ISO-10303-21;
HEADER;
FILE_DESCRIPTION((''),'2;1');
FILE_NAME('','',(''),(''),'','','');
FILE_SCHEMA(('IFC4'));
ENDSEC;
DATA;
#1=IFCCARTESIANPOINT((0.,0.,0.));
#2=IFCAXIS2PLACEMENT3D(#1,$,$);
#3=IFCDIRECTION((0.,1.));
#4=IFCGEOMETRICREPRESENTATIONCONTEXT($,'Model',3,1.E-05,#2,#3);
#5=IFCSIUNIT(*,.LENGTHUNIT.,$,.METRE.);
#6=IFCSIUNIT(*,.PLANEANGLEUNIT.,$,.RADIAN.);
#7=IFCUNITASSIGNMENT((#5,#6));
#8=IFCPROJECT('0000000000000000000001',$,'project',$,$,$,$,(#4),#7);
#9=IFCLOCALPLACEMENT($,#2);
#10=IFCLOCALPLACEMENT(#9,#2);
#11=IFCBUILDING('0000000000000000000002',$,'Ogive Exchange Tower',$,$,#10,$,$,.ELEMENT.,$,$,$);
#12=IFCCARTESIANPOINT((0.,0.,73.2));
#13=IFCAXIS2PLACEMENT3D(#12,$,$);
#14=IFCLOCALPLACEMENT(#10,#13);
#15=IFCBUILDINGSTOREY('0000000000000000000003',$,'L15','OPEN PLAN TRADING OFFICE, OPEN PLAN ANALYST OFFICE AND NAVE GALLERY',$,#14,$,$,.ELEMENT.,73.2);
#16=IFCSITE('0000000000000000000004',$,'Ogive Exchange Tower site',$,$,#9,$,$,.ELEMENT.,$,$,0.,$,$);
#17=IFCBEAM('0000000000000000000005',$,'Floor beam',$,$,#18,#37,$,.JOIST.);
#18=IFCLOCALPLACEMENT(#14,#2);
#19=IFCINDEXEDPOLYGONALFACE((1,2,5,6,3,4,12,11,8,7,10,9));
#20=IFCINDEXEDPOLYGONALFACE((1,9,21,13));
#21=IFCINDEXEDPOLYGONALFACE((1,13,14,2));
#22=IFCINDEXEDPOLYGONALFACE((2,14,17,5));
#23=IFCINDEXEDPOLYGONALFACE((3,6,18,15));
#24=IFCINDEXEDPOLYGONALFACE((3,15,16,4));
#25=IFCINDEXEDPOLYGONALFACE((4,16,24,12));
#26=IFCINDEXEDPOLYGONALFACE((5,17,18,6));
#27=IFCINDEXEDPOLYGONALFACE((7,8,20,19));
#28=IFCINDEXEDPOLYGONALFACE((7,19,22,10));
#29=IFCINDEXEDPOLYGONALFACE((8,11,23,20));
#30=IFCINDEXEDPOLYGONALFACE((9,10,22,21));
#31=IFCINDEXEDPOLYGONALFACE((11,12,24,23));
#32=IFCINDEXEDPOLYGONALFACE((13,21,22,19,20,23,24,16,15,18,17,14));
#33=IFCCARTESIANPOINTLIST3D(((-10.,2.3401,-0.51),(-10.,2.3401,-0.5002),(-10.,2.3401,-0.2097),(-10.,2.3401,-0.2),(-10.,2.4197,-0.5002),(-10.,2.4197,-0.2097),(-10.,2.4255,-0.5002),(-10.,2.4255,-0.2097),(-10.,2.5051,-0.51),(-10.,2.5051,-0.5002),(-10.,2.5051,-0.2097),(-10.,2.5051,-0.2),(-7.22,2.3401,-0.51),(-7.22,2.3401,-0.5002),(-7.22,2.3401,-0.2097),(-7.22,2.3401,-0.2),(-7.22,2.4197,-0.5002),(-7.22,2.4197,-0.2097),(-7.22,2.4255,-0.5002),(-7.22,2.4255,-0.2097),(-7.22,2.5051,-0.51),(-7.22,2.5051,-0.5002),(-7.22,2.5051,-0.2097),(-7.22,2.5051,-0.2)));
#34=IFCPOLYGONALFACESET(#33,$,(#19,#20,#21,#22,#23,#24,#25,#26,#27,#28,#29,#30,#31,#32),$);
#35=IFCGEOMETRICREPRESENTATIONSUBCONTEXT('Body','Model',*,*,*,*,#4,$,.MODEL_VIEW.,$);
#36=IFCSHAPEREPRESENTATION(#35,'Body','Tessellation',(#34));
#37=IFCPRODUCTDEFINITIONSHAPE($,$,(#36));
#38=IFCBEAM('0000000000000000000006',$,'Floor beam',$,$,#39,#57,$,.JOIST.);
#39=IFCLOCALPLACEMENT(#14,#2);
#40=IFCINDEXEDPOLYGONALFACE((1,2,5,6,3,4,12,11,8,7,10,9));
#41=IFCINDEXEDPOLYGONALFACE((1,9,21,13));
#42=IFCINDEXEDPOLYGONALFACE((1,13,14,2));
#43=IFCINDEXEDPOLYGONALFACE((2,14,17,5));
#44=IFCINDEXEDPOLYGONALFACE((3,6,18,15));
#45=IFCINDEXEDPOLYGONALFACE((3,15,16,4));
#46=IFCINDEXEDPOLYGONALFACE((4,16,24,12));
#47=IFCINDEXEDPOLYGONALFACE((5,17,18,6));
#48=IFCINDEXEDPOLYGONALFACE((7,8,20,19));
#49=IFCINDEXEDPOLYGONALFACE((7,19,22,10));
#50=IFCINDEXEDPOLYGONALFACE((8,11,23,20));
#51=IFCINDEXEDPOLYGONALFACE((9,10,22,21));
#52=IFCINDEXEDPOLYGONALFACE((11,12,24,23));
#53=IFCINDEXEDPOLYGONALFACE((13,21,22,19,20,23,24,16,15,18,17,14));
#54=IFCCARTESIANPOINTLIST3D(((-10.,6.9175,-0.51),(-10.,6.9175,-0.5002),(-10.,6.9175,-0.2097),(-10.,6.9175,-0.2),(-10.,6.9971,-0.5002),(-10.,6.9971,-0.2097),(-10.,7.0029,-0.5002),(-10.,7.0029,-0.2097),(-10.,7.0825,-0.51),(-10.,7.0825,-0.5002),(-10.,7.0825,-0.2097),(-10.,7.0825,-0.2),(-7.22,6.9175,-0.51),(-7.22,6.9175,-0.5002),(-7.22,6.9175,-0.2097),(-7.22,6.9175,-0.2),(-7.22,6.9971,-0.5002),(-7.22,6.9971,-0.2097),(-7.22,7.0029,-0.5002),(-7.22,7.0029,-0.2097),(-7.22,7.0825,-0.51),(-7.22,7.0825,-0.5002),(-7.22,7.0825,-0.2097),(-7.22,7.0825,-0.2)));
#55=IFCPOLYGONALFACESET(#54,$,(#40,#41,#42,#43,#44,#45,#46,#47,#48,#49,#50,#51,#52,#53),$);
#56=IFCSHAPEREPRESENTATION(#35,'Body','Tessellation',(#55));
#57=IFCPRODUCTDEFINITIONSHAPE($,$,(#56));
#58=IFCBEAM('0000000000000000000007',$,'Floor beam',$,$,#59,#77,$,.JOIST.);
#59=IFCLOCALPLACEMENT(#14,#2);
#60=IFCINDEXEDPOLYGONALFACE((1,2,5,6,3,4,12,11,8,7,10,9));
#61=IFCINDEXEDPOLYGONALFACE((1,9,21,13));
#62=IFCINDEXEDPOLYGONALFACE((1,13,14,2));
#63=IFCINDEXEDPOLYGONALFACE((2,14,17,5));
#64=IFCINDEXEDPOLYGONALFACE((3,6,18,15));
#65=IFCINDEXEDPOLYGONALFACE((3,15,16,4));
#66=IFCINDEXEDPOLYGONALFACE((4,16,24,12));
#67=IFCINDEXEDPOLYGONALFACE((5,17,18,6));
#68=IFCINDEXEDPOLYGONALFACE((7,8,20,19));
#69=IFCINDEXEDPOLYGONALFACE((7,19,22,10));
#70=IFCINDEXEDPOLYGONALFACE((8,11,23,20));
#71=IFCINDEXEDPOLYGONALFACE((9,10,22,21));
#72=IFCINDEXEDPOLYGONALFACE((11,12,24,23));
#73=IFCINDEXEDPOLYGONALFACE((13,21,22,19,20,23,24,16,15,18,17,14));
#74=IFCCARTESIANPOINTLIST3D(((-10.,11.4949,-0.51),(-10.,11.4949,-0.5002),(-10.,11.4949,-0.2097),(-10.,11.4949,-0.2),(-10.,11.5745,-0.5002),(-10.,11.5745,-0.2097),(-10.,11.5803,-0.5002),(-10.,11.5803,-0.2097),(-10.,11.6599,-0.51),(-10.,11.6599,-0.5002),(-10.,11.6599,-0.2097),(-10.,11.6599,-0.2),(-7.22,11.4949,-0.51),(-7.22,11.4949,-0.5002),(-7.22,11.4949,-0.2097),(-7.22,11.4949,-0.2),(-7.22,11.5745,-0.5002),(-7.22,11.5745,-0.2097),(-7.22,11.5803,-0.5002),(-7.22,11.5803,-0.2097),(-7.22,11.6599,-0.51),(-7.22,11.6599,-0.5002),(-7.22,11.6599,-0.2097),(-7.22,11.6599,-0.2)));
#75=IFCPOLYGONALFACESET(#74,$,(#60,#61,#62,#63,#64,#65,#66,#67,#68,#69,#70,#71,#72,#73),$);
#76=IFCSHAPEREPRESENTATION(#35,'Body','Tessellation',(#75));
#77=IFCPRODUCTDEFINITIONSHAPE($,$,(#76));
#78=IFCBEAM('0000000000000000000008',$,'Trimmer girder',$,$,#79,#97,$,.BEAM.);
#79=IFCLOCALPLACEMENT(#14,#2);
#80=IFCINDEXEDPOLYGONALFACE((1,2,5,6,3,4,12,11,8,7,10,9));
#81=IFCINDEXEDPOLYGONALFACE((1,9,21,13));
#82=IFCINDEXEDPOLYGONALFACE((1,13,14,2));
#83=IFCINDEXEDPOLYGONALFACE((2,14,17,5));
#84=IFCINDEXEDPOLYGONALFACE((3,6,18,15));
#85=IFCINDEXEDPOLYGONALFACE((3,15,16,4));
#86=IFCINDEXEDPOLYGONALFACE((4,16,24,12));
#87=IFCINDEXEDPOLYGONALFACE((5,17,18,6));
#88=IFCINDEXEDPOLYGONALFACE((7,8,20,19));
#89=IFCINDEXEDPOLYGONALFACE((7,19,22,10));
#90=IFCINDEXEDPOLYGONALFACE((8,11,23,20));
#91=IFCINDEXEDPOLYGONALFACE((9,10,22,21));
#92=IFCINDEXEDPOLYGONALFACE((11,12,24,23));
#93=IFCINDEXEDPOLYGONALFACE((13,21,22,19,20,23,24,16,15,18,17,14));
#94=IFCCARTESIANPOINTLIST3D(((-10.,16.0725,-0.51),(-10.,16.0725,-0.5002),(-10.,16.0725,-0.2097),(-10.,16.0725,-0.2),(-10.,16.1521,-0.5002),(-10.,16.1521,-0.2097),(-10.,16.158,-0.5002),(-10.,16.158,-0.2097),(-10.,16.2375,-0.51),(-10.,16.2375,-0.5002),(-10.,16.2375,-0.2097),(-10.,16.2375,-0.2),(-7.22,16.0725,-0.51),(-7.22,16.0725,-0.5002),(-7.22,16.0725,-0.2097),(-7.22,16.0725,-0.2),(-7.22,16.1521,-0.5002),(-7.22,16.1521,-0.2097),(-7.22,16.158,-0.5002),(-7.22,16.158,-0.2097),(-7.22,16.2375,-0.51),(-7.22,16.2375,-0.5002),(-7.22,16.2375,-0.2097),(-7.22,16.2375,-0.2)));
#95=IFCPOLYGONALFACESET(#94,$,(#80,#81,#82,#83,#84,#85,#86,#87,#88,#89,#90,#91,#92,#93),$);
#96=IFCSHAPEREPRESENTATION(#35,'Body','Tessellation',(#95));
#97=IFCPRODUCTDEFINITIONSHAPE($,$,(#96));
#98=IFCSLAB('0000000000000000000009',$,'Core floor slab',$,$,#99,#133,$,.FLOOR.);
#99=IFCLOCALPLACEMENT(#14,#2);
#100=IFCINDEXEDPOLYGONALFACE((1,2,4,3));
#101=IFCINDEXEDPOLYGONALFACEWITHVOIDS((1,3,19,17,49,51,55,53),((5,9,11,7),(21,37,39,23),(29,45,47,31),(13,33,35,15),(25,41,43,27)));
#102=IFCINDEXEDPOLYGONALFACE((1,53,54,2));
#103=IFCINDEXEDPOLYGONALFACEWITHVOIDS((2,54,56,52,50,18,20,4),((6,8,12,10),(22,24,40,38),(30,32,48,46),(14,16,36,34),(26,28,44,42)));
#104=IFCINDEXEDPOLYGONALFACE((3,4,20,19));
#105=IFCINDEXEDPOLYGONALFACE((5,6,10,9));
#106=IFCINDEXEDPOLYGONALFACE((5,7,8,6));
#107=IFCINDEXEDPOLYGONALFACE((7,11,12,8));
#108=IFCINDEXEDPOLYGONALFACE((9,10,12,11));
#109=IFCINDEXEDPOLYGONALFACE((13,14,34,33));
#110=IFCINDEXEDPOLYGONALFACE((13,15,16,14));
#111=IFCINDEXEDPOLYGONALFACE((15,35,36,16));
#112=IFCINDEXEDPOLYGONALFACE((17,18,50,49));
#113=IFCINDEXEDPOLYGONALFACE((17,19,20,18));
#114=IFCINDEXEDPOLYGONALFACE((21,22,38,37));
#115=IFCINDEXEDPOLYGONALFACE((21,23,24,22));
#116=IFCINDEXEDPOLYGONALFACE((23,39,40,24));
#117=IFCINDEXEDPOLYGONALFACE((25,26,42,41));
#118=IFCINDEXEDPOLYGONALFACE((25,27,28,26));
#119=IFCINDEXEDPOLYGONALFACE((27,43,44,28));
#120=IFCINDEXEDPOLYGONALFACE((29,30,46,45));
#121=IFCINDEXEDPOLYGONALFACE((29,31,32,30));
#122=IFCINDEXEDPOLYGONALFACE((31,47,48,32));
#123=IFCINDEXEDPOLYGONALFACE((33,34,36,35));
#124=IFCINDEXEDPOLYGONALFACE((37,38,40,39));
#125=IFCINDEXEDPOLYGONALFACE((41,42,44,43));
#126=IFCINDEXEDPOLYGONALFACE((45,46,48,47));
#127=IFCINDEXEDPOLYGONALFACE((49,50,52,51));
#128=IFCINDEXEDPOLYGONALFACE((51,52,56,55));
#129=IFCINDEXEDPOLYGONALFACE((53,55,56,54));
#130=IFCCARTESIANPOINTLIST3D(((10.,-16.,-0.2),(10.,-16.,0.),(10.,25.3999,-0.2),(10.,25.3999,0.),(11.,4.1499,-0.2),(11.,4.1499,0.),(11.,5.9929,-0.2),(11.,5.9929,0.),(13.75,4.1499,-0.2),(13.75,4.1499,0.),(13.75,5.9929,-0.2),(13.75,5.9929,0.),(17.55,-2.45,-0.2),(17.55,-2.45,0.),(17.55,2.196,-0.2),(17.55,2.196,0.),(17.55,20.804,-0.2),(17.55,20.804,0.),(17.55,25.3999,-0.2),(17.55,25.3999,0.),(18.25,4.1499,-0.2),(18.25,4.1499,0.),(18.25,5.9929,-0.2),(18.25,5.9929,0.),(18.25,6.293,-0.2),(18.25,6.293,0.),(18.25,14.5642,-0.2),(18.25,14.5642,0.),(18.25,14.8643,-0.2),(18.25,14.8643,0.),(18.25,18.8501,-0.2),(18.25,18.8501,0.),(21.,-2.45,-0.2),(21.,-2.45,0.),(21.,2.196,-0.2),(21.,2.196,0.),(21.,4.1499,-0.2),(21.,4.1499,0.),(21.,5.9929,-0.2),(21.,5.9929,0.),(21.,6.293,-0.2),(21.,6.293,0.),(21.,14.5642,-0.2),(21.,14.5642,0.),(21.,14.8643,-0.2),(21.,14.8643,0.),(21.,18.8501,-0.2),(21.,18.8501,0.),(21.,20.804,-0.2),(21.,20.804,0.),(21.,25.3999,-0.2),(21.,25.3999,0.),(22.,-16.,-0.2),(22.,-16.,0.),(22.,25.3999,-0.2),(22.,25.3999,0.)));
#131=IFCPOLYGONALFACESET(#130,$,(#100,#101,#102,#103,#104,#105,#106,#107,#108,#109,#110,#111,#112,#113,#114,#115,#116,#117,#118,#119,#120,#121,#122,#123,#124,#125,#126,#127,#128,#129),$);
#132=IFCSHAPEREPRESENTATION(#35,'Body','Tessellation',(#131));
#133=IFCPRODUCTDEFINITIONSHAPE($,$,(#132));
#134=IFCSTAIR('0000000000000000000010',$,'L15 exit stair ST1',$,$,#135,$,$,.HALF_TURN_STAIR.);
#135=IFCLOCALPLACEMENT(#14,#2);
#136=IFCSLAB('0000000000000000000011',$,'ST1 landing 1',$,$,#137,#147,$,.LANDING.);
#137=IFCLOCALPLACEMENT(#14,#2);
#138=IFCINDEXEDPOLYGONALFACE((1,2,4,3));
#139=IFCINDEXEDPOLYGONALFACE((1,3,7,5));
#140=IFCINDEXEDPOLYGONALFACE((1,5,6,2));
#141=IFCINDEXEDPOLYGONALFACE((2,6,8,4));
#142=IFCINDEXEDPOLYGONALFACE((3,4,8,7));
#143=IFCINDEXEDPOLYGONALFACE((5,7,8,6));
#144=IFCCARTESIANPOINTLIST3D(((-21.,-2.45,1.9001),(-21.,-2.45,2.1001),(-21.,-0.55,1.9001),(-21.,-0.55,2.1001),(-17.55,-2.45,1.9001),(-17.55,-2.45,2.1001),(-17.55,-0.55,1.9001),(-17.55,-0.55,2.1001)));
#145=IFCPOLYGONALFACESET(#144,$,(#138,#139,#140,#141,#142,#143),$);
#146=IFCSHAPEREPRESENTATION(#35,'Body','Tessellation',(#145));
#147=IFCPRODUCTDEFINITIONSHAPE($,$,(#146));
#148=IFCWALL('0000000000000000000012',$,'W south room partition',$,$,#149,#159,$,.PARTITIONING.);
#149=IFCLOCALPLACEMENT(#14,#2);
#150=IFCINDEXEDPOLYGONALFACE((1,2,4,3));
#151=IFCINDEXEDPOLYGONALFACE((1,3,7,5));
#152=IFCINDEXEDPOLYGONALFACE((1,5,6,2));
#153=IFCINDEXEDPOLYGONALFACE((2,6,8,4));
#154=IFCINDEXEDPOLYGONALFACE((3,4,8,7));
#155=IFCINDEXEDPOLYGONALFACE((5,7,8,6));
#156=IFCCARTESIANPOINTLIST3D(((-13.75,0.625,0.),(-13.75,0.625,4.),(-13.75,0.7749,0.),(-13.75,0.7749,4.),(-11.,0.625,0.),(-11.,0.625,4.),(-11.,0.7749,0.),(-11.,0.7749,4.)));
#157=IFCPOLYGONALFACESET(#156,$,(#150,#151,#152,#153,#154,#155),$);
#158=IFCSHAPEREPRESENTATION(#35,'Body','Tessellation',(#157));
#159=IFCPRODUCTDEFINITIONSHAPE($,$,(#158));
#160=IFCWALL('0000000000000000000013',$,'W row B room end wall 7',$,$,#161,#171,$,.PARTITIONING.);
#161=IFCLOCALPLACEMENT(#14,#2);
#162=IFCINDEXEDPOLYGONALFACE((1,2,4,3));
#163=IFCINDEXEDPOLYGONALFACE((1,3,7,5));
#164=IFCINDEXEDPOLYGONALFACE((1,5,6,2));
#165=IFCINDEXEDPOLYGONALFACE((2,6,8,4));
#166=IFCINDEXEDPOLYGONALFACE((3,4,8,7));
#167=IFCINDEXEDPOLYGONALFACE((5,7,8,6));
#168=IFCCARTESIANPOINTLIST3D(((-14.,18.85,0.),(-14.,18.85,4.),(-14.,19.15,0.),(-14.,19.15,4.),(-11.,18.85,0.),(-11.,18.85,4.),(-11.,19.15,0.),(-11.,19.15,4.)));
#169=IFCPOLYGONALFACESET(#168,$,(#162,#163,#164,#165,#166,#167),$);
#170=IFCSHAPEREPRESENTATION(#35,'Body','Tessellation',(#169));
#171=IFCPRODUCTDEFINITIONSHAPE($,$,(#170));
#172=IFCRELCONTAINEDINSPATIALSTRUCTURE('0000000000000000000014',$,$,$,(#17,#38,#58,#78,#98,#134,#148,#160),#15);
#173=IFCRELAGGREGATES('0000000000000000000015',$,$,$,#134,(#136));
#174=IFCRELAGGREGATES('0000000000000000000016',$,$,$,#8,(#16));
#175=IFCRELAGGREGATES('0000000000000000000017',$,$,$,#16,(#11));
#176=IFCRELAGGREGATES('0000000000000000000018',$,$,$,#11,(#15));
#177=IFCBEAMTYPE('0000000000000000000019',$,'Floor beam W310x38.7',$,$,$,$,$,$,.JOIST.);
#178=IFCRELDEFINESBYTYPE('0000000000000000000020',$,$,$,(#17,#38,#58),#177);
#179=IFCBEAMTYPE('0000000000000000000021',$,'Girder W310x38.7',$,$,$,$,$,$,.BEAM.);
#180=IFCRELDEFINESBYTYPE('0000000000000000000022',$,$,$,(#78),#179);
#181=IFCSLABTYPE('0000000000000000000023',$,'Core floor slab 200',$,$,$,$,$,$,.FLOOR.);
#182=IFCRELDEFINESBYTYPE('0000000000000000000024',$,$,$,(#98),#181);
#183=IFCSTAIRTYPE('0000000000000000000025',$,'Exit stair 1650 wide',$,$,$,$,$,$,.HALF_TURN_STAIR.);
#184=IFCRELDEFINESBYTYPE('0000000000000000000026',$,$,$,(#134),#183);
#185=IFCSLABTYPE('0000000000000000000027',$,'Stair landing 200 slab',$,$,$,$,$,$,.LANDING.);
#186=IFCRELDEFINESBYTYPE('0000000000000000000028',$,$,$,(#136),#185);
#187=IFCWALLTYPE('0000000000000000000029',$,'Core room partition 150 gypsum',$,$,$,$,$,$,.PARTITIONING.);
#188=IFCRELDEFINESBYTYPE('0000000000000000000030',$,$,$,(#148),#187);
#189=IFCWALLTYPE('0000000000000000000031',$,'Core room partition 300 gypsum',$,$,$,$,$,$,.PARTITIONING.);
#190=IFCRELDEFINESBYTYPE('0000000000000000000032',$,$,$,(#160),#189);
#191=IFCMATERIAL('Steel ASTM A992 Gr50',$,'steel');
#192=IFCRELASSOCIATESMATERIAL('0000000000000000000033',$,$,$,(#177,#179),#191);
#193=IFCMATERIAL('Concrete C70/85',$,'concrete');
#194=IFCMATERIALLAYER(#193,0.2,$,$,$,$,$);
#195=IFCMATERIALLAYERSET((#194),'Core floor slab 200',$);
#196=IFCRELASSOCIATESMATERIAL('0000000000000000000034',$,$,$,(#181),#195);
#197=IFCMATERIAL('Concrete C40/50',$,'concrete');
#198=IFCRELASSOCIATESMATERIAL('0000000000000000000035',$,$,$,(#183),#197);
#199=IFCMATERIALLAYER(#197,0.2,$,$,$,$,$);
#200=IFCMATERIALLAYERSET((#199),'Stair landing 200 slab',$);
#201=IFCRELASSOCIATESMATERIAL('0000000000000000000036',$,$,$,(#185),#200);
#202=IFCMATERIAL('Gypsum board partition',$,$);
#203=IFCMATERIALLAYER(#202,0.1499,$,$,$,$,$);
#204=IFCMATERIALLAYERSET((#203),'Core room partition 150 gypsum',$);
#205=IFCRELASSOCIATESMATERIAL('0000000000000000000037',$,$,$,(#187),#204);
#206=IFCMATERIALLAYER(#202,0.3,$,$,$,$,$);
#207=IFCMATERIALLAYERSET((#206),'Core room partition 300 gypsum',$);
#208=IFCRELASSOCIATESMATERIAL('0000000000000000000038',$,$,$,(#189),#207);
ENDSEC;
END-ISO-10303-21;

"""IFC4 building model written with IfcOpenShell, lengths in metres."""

from ifc_helpers import new_model, si_unit, direction, frame, frame_2d, origin, origin_2d, place, context, subcontext, project, spatial, polyline, rectangle, i_section, outline, extrude, material, layer, layer_set, material_profile, profile_set, type_object, element, aggregate, save


model = new_model("IFC4")

# Units and contexts
model_context = context("Model", 3, precision=1e-05, world=origin(), true_north=direction((0.0, 1.0)))
body_context = subcontext(model_context, "Body", "Model", "MODEL_VIEW")
ifc_project = project(units=[si_unit("LENGTHUNIT", "METRE"), si_unit("PLANEANGLEUNIT", "RADIAN")], contexts=[model_context])

# Site, building, storey
site_placement = place(None, origin())
site = spatial("IfcSite", under=ifc_project, at=site_placement, Name="Ogive Exchange Tower site", CompositionType="ELEMENT", RefElevation=0.0)
building_placement = place(site_placement, origin())
building = spatial("IfcBuilding", under=site, at=building_placement, Name="Ogive Exchange Tower", CompositionType="ELEMENT")
storey_placement = place(building_placement, frame((0.0, 0.0, 73.2)))
storey = spatial("IfcBuildingStorey", under=building, at=storey_placement, Name="L15", Description="OPEN PLAN TRADING OFFICE, OPEN PLAN ANALYST OFFICE AND NAVE GALLERY", CompositionType="ELEMENT", Elevation=73.2)

# Beams
ifc_material_1 = material(Name="Steel ASTM A992 Gr50", Category="steel")
ifc_material_profile_1 = material_profile(ifc_material_1, i_section(OverallWidth=0.165, OverallDepth=0.3101, WebThickness=0.0059, FlangeThickness=0.0098, at=origin_2d()), Name="W310x38.7")
ifc_profile_set_1 = profile_set([ifc_material_profile_1], Name="Steel ASTM A992 Gr50")
beam_type_1 = type_object("IfcBeamType", Name="Floor beam W310x38.7", PredefinedType="JOIST", material=ifc_profile_set_1)
for number, where, z_axis, x_axis, name in (
    (1, (-10.0, 2.4226, -0.355), (1.0, 0.0, 0.0), (0.0, 1.0, 0.0), "Floor beam"),
    (2, (-10.0, 7.0, -0.355), (1.0, 0.0, 0.0), (0.0, 1.0, 0.0), "Floor beam"),
    (3, (-10.0, 11.5774, -0.355), (1.0, 0.0, 0.0), (0.0, 1.0, 0.0), "Floor beam"),
):
    element("IfcBeam", number, at=place(storey_placement, frame(where, z_axis=z_axis, x_axis=x_axis)), inside=storey, type_object=beam_type_1, Name=name, PredefinedType="JOIST", context=body_context, shape_type="SweptSolid", body=[
        extrude(i_section(OverallWidth=0.165, OverallDepth=0.3101, WebThickness=0.0059, FlangeThickness=0.0098, at=origin_2d()), origin(), (0.0, 0.0, 1.0), 2.78),
    ])
ifc_material_profile_2 = material_profile(ifc_material_1, i_section(OverallWidth=0.165, OverallDepth=0.3101, WebThickness=0.0059, FlangeThickness=0.0098, at=origin_2d()), Name="W310x38.7")
ifc_profile_set_2 = profile_set([ifc_material_profile_2], Name="Steel ASTM A992 Gr50")
beam_type_2 = type_object("IfcBeamType", Name="Girder W310x38.7", PredefinedType="BEAM", material=ifc_profile_set_2)
beam_placement = place(storey_placement, frame((-10.0, 16.155, -0.355), z_axis=(1.0, 0.0, 0.0), x_axis=(0.0, 1.0, 0.0)))
element("IfcBeam", 4, at=beam_placement, inside=storey, type_object=beam_type_2, Name="Trimmer girder", PredefinedType="BEAM", context=body_context, shape_type="SweptSolid", body=[
    extrude(i_section(OverallWidth=0.165, OverallDepth=0.3101, WebThickness=0.0059, FlangeThickness=0.0098, at=origin_2d()), origin(), (0.0, 0.0, 1.0), 2.78),
])

# Slab
ifc_material_2 = material(Name="Concrete C70/85", Category="concrete")
ifc_layer_1 = layer(ifc_material_2, 0.2)
ifc_layer_set_1 = layer_set([ifc_layer_1], Name="Core floor slab 200")
slab_type_1 = type_object("IfcSlabType", Name="Core floor slab 200", PredefinedType="FLOOR", material=ifc_layer_set_1)
slab_1_placement = place(storey_placement, frame((0.0, 0.0, -0.2)))
element("IfcSlab", 5, at=slab_1_placement, inside=storey, type_object=slab_type_1, Name="Core floor slab", PredefinedType="FLOOR", context=body_context, shape_type="SweptSolid", body=[
    extrude(outline(polyline([(22.0, 25.3999), (22.0, -16.0), (10.0, -16.0), (10.0, 25.3999), (17.55, 25.3999), (17.55, 20.804), (21.0, 20.804), (21.0, 25.3999), (22.0, 25.3999)]), holes=[polyline([(21.0, 2.196), (17.55, 2.196), (17.55, -2.45), (21.0, -2.45), (21.0, 2.196)]), polyline([(13.75, 5.9929), (11.0, 5.9929), (11.0, 4.1499), (13.75, 4.1499), (13.75, 5.9929)]), polyline([(21.0, 5.9929), (18.25, 5.9929), (18.25, 4.1499), (21.0, 4.1499), (21.0, 5.9929)]), polyline([(18.25, 14.5642), (18.25, 6.293), (21.0, 6.293), (21.0, 14.5642), (18.25, 14.5642)]), polyline([(21.0, 18.8501), (18.25, 18.8501), (18.25, 14.8643), (21.0, 14.8643), (21.0, 18.8501)])]), origin(), (0.0, 0.0, 1.0), 0.2),
])

# Stair, slab
ifc_material_3 = material(Name="Concrete C40/50", Category="concrete")
stair_type = type_object("IfcStairType", Name="Exit stair 1650 wide", PredefinedType="HALF_TURN_STAIR", material=ifc_material_3)
stair_placement = place(storey_placement, origin())
stair = element("IfcStair", 6, at=stair_placement, inside=storey, type_object=stair_type, Name="L15 exit stair ST1", PredefinedType="HALF_TURN_STAIR")
ifc_layer_2 = layer(ifc_material_3, 0.2)
ifc_layer_set_2 = layer_set([ifc_layer_2], Name="Stair landing 200 slab")
slab_type_2 = type_object("IfcSlabType", Name="Stair landing 200 slab", PredefinedType="LANDING", material=ifc_layer_set_2)
slab_2_placement = place(storey_placement, frame((0.0, 0.0, 1.9001)))
slab_2 = element("IfcSlab", 7, at=slab_2_placement, type_object=slab_type_2, Name="ST1 landing 1", PredefinedType="LANDING", context=body_context, shape_type="SweptSolid", body=[
    extrude(outline(polyline([(-21.0, -0.55), (-21.0, -2.45), (-17.55, -2.45), (-17.55, -0.55), (-21.0, -0.55)])), origin(), (0.0, 0.0, 1.0), 0.2),
])

# Walls
ifc_material_4 = material(Name="Gypsum board partition")
ifc_layer_3 = layer(ifc_material_4, 0.1499)
ifc_layer_set_3 = layer_set([ifc_layer_3], Name="Core room partition 150 gypsum")
wall_type_1 = type_object("IfcWallType", Name="Core room partition 150 gypsum", PredefinedType="PARTITIONING", material=ifc_layer_set_3)
wall_1_placement = place(storey_placement, frame((-13.75, 0.7, 0.0), z_axis=(0.0, 0.0, 1.0), x_axis=(1.0, 0.0, 0.0)))
element("IfcWall", 8, at=wall_1_placement, inside=storey, type_object=wall_type_1, Name="W south room partition", PredefinedType="PARTITIONING", context=body_context, shape_type="SweptSolid", body=[
    extrude(rectangle(XDim=2.75, YDim=0.1499, at=frame_2d((1.375, 0.0))), origin(), (0.0, 0.0, 1.0), 4.0),
])
ifc_layer_4 = layer(ifc_material_4, 0.3)
ifc_layer_set_4 = layer_set([ifc_layer_4], Name="Core room partition 300 gypsum")
wall_type_2 = type_object("IfcWallType", Name="Core room partition 300 gypsum", PredefinedType="PARTITIONING", material=ifc_layer_set_4)
wall_2_placement = place(storey_placement, frame((-14.0, 19.0, 0.0), z_axis=(0.0, 0.0, 1.0), x_axis=(1.0, 0.0, 0.0)))
element("IfcWall", 9, at=wall_2_placement, inside=storey, type_object=wall_type_2, Name="W row B room end wall 7", PredefinedType="PARTITIONING", context=body_context, shape_type="SweptSolid", body=[
    extrude(rectangle(XDim=3.0, YDim=0.3, at=frame_2d((1.5, 0.0))), origin(), (0.0, 0.0, 1.0), 4.0),
])

aggregate(stair, [slab_2])

save(model, "model.ifc")
